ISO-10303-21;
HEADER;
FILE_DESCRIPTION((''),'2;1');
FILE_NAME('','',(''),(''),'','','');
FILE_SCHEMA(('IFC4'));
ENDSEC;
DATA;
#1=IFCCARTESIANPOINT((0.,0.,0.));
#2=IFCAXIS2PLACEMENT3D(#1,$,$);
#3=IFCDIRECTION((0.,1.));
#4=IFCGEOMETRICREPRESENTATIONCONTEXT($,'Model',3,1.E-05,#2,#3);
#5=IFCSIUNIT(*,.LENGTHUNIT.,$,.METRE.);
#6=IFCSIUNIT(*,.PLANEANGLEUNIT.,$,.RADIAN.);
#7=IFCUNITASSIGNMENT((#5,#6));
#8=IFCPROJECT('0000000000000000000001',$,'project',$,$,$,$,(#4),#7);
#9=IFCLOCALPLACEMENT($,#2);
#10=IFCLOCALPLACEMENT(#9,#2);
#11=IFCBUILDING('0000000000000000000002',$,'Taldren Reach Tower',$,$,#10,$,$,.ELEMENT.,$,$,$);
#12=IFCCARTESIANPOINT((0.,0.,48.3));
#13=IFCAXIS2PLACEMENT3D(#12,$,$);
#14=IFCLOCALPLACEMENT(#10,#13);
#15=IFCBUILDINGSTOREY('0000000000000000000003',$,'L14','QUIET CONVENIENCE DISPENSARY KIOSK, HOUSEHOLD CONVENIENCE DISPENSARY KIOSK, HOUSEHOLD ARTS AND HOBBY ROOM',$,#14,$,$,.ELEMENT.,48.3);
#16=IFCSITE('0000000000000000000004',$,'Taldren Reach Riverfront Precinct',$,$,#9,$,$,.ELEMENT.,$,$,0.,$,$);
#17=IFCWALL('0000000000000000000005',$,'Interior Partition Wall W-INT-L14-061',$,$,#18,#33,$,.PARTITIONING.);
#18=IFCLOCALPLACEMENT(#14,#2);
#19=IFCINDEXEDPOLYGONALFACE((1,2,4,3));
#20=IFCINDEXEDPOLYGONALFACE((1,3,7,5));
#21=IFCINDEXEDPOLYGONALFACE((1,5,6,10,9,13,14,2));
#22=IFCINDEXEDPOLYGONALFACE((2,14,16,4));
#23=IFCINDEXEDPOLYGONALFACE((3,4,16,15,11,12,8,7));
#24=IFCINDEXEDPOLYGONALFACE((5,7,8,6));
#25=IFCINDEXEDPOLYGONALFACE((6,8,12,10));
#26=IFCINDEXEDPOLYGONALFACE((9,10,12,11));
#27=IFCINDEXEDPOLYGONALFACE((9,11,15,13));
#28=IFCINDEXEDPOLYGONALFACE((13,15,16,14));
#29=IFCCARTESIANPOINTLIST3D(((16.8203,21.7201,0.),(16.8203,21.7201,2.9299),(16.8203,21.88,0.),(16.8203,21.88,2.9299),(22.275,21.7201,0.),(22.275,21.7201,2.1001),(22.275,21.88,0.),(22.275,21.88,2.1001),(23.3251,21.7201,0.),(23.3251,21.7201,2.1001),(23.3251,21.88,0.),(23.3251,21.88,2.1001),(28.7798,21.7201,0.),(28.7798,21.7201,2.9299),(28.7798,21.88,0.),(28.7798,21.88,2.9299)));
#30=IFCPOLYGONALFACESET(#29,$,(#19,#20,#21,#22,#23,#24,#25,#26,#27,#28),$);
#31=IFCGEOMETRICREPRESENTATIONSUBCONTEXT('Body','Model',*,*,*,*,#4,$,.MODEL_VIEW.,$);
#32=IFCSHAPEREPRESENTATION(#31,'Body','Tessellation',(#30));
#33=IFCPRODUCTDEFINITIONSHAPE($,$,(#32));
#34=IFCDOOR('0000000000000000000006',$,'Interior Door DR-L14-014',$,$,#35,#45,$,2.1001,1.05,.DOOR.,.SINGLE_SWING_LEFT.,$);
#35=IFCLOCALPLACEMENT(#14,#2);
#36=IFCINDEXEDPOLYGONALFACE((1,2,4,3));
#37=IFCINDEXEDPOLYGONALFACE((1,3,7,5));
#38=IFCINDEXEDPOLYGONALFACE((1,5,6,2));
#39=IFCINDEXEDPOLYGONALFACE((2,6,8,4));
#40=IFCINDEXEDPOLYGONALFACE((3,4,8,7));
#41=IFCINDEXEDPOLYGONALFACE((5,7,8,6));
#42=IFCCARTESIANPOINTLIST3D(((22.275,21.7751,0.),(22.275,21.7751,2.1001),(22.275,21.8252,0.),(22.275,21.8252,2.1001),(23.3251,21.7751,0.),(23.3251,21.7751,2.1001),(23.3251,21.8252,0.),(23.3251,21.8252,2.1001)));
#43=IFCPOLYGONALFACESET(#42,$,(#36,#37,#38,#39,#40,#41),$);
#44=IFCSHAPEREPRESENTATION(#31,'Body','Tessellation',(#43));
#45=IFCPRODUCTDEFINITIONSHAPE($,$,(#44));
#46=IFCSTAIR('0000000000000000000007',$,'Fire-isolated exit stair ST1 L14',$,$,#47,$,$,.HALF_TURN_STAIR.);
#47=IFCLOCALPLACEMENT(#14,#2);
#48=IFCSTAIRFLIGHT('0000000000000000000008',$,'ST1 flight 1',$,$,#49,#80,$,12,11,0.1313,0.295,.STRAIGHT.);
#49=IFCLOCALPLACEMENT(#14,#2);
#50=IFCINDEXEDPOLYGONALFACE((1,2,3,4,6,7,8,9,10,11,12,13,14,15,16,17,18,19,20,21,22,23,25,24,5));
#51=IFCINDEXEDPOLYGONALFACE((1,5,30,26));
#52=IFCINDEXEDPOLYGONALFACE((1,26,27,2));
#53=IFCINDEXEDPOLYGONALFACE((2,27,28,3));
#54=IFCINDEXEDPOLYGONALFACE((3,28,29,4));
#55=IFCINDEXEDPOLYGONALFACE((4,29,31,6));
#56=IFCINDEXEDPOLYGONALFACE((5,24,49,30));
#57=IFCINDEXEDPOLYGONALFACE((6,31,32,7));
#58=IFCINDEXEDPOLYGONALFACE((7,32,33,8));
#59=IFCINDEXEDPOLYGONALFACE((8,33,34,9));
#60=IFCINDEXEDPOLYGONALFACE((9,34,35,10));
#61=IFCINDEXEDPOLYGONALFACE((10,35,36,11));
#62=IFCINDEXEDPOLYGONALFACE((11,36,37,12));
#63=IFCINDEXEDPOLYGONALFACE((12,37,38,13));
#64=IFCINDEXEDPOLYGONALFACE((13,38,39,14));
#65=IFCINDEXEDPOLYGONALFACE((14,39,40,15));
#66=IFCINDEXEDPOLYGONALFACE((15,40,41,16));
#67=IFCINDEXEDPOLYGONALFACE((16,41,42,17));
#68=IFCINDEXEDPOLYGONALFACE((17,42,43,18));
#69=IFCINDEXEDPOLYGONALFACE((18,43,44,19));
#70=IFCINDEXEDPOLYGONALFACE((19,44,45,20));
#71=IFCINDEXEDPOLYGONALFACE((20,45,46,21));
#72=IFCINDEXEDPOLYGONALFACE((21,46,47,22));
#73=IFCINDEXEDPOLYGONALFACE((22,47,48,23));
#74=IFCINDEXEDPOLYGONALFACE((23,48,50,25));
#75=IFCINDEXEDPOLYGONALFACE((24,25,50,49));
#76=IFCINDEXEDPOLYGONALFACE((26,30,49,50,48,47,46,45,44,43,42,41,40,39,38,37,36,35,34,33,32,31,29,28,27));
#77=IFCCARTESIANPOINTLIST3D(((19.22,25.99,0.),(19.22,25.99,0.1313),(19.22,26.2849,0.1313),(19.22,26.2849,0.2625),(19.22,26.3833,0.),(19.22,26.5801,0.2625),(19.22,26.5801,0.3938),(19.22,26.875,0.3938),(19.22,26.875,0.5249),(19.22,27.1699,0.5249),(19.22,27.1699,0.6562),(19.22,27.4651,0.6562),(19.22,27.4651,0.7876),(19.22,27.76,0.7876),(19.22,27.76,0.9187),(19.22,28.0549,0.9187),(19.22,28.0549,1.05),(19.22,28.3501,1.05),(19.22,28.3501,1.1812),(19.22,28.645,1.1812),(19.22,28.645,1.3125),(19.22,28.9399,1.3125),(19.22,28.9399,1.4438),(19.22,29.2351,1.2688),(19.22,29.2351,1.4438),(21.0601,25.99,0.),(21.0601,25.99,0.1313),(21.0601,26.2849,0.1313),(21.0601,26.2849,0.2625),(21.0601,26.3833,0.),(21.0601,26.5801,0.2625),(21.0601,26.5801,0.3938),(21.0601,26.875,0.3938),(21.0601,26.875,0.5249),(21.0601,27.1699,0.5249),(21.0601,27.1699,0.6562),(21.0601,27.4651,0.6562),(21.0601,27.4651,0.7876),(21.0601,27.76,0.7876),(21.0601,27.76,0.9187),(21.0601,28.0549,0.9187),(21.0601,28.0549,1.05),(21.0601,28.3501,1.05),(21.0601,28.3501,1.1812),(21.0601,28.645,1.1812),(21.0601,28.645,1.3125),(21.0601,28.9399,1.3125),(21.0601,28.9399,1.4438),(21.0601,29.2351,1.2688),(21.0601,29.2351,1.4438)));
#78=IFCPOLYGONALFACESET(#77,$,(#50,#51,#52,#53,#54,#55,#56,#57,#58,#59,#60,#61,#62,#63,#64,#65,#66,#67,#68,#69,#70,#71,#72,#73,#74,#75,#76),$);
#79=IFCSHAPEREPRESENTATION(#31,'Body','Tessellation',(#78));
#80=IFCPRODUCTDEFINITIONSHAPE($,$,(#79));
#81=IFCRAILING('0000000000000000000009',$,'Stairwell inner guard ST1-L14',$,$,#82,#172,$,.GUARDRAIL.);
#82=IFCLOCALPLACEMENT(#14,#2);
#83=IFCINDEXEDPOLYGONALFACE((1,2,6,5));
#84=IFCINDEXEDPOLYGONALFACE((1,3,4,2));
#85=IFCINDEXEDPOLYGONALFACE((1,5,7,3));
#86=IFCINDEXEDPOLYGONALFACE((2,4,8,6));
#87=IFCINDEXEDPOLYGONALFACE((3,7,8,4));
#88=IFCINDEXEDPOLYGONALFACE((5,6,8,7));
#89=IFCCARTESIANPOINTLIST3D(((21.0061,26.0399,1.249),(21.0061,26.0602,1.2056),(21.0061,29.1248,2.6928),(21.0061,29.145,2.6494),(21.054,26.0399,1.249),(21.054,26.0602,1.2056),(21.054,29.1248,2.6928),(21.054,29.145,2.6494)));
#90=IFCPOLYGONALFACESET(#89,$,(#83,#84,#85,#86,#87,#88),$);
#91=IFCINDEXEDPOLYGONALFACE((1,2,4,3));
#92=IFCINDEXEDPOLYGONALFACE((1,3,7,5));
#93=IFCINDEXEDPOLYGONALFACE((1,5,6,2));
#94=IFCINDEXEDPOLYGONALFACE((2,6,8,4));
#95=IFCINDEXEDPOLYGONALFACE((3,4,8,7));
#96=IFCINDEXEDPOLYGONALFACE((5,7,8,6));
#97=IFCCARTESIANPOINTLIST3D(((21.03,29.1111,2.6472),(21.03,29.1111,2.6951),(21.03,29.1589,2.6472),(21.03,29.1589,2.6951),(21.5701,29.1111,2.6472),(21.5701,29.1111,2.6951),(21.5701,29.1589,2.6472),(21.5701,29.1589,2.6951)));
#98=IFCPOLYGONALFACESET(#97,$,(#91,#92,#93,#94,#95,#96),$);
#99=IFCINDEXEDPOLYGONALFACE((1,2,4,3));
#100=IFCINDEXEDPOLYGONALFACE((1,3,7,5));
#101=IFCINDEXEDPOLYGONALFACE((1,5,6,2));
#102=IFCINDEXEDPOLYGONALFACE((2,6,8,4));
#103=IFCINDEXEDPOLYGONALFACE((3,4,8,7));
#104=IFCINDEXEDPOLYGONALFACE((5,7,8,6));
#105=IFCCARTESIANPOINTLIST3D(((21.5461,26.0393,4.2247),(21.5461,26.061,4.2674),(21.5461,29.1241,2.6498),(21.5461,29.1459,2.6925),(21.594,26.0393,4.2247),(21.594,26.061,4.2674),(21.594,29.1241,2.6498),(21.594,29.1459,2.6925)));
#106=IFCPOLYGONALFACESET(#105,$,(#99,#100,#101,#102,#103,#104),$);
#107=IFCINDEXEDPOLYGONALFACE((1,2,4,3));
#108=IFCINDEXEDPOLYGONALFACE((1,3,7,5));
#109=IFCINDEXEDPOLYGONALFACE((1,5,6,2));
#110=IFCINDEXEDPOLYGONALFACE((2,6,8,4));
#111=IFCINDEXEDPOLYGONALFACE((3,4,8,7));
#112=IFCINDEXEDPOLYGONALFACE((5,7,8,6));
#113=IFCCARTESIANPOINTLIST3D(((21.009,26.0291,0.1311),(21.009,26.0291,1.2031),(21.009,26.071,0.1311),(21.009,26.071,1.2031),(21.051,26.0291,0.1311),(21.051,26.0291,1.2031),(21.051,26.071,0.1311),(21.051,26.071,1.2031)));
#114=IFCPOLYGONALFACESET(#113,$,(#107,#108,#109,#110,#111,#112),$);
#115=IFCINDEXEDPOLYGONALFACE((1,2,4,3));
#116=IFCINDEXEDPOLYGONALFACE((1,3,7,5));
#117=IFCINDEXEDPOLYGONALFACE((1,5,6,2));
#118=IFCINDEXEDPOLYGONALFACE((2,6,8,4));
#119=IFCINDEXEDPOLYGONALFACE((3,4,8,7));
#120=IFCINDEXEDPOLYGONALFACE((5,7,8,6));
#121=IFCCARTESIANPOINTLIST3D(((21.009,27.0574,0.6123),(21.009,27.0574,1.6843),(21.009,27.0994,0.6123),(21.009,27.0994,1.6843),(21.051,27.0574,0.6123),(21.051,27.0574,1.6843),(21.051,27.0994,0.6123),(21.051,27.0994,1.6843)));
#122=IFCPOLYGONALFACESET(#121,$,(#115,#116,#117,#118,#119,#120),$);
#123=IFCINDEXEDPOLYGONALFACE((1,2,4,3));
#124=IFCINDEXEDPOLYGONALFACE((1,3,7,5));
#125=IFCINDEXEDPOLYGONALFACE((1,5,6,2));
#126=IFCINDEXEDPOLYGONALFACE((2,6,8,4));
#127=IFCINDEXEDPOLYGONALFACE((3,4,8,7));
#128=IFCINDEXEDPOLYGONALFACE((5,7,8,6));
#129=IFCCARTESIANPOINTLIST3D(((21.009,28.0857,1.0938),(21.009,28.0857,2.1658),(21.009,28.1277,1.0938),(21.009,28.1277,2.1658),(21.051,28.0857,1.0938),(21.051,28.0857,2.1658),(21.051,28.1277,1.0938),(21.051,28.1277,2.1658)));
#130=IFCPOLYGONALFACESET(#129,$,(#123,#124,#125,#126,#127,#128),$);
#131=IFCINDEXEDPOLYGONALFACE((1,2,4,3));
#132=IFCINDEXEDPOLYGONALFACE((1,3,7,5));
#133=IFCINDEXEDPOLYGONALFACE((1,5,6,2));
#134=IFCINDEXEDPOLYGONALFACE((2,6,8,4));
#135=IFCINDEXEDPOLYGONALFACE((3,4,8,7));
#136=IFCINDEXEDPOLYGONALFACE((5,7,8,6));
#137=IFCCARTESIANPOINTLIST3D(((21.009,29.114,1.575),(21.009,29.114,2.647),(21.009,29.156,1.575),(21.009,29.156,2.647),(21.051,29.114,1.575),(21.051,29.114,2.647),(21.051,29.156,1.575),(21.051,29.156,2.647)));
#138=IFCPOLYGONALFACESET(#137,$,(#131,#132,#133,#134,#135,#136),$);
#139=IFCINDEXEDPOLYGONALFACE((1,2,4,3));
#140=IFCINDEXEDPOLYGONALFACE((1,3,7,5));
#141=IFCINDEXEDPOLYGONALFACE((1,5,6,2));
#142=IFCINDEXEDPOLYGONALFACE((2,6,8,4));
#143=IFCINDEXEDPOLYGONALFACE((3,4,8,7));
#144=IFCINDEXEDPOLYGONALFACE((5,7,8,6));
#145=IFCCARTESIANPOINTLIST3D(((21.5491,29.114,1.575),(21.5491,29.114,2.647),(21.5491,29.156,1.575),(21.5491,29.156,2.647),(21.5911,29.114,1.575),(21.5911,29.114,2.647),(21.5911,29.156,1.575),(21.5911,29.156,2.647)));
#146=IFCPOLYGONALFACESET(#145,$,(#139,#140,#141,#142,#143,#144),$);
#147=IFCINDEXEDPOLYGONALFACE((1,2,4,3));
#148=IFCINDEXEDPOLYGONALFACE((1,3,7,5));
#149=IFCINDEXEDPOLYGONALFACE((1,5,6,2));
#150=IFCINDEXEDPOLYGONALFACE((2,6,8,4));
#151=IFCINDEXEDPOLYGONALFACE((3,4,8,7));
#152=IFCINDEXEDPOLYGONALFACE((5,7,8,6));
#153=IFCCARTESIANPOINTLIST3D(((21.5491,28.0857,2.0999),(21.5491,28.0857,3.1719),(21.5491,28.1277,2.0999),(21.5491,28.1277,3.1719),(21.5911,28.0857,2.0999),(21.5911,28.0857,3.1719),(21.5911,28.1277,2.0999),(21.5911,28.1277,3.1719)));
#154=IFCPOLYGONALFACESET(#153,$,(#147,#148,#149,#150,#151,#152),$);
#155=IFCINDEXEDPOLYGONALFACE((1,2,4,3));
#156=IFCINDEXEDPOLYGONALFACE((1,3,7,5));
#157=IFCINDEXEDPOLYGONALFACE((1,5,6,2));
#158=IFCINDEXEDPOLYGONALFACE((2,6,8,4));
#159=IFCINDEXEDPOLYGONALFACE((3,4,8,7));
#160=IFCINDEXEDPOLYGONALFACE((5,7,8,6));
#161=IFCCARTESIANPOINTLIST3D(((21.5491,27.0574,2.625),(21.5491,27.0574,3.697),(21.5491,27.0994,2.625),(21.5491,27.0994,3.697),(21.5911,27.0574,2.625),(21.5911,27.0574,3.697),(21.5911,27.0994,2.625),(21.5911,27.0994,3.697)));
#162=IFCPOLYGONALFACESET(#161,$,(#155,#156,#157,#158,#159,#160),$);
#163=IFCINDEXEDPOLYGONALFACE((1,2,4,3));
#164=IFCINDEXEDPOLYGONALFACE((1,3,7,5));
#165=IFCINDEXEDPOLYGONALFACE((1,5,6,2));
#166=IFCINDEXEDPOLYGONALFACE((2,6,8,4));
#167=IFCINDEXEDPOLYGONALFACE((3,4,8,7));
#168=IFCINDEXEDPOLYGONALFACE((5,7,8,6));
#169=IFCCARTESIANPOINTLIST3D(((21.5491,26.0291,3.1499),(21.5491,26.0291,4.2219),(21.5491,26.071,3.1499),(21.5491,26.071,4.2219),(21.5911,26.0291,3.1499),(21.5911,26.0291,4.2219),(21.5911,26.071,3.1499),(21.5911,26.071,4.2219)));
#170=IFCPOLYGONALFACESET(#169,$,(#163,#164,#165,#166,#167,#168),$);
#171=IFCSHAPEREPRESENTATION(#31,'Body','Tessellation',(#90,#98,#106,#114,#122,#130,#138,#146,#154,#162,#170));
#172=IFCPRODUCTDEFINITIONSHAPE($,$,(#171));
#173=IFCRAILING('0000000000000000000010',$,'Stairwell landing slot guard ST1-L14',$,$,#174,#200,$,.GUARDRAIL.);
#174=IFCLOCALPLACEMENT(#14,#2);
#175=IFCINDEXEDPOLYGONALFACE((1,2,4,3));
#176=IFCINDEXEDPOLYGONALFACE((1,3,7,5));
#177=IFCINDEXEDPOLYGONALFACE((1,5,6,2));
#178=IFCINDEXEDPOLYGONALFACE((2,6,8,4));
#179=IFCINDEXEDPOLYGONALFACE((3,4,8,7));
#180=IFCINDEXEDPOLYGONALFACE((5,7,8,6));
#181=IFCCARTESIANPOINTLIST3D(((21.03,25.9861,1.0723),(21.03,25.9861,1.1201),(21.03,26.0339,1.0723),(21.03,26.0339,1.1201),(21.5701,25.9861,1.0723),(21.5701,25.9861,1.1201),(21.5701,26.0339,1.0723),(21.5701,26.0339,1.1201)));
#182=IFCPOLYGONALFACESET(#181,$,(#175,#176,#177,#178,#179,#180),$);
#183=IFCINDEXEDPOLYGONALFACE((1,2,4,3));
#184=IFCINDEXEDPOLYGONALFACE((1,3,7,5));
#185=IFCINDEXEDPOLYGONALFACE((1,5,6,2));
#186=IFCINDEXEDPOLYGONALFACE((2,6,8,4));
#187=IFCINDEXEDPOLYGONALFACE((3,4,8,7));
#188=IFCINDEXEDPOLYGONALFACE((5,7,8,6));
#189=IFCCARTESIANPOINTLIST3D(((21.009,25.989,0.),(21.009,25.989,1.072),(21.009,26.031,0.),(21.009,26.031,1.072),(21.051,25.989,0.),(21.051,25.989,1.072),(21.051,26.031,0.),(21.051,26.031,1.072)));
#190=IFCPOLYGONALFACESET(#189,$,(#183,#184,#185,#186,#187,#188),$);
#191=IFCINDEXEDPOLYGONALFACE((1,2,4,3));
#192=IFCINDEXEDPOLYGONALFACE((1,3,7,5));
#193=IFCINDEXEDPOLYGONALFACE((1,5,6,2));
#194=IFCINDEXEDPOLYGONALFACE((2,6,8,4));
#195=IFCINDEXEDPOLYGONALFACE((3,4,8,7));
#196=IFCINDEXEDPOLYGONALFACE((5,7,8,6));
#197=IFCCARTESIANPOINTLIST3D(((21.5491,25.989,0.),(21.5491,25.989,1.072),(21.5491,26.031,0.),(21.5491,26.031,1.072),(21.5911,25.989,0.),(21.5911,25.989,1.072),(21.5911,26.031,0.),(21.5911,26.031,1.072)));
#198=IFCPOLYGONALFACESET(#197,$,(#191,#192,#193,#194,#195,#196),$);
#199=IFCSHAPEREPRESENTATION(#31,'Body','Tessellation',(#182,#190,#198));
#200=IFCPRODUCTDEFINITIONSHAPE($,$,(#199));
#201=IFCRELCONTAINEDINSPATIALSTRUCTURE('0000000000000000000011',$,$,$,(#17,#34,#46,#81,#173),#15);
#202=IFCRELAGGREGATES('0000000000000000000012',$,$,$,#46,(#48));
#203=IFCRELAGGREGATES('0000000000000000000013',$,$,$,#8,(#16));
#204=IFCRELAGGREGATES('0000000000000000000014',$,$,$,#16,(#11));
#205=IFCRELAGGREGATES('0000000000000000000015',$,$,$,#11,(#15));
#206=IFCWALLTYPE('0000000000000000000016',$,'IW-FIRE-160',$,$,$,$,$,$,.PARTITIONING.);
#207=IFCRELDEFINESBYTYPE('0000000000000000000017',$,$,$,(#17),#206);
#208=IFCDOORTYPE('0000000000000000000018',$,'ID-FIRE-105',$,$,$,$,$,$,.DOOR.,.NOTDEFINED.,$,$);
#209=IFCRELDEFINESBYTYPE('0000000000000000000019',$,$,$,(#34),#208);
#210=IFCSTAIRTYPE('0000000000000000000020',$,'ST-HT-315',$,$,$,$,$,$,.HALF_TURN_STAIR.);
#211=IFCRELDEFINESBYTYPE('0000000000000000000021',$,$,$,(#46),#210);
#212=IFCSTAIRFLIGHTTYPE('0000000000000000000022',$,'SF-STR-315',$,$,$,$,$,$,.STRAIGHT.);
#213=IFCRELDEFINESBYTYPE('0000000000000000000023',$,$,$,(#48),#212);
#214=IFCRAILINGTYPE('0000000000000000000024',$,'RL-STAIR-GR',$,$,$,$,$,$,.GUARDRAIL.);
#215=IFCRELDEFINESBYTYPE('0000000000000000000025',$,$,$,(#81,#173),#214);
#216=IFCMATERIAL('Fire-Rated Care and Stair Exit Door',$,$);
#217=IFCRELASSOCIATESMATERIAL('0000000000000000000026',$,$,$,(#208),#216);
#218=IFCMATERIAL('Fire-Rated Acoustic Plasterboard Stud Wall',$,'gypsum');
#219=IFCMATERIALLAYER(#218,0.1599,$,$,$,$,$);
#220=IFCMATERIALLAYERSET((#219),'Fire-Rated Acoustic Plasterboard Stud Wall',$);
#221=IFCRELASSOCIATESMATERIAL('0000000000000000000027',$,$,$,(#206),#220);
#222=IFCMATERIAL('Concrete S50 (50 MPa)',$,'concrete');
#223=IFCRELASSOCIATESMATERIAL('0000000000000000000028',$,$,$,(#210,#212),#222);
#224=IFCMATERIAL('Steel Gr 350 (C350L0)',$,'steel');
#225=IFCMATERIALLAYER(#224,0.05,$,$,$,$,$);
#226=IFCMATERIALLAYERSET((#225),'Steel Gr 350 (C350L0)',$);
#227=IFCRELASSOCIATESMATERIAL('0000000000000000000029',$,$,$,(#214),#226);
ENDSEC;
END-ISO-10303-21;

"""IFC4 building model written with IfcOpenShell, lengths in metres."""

from ifc_helpers import new_model, si_unit, direction, frame, frame_2d, origin, origin_2d, place, context, subcontext, project, spatial, polyline, rectangle, outline, extrude, source, transform, mapped, material, layer, layer_set, type_object, element, fill, aggregate, save


model = new_model("IFC4")

# Units and contexts
model_context = context("Model", 3, precision=1e-05, world=origin(), true_north=direction((0.0, 1.0)))
body_context = subcontext(model_context, "Body", "Model", "MODEL_VIEW")
ifc_project = project(units=[si_unit("LENGTHUNIT", "METRE"), si_unit("PLANEANGLEUNIT", "RADIAN")], contexts=[model_context])

# Site, building, storey
site_placement = place(None, origin())
site = spatial("IfcSite", under=ifc_project, at=site_placement, Name="Taldren Reach Riverfront Precinct", CompositionType="ELEMENT", RefElevation=0.0)
building_placement = place(site_placement, origin())
building = spatial("IfcBuilding", under=site, at=building_placement, Name="Taldren Reach Tower", CompositionType="ELEMENT")
storey_placement = place(building_placement, frame((0.0, 0.0, 48.3)))
storey = spatial("IfcBuildingStorey", under=building, at=storey_placement, Name="L14", Description="QUIET CONVENIENCE DISPENSARY KIOSK, HOUSEHOLD CONVENIENCE DISPENSARY KIOSK, HOUSEHOLD ARTS AND HOBBY ROOM", CompositionType="ELEMENT", Elevation=48.3)

# Shared definitions
ifc_material_1 = material(Name="Fire-Rated Care and Stair Exit Door")
door_type = type_object("IfcDoorType", Name="ID-FIRE-105", OperationType="NOTDEFINED", PredefinedType="DOOR", material=ifc_material_1)
shared_shape_1 = source(origin(), body_context, "Body", "SweptSolid", [
    extrude(rectangle(XDim=1.05, YDim=2.1001, at=frame_2d((0.5249, 1.05))), frame((0.0, 0.0249, 0.0), z_axis=(0.0, -1.0, 0.0), x_axis=(1.0, 0.0, 0.0)), (0.0, 0.0, 1.0), 0.05),
])

# Shared definitions
ifc_material_2 = material(Name="Concrete S50 (50 MPa)", Category="concrete")

# Wall, opening, door
ifc_material_3 = material(Name="Fire-Rated Acoustic Plasterboard Stud Wall", Category="gypsum")
ifc_layer_1 = layer(ifc_material_3, 0.1599)
ifc_layer_set_1 = layer_set([ifc_layer_1], Name="Fire-Rated Acoustic Plasterboard Stud Wall")
wall_type_1 = type_object("IfcWallType", Name="IW-FIRE-160", PredefinedType="PARTITIONING", material=ifc_layer_set_1)
shared_shape_2 = source(origin(), body_context, "Body", "SweptSolid", [
    extrude(rectangle(XDim=11.9595, YDim=0.1599, at=frame_2d((5.9797, 0.0))), origin(), (0.0, 0.0, 1.0), 2.9299),
])
wall_1_placement = place(storey_placement, frame((28.7798, 21.8, 0.0), z_axis=(0.0, 0.0, 1.0), x_axis=(-1.0, 0.0, 0.0)))
wall_1 = element("IfcWall", 1, at=wall_1_placement, inside=storey, type_object=wall_type_1, Name="Interior Partition Wall W-INT-L14-061", PredefinedType="PARTITIONING", context=body_context, shape_type="MappedRepresentation", body=[
    mapped(shared_shape_2, transform((0.0, 0.0, 0.0), scale=1.0)),
])
shared_shape_3 = source(origin(), body_context, "Body", "SweptSolid", [
    extrude(rectangle(XDim=1.05, YDim=2.1001, at=frame_2d((0.5249, 1.05))), frame((0.0, 0.0898, 0.0), z_axis=(0.0, -1.0, 0.0), x_axis=(1.0, 0.0, 0.0)), (0.0, 0.0, 1.0), 0.1799),
])
opening_1_placement = place(wall_1_placement, frame((5.4548, 0.0, 0.0)))
opening_1 = element("IfcOpeningElement", 2, at=opening_1_placement, cuts=wall_1, PredefinedType="OPENING", context=body_context, shape_type="MappedRepresentation", body=[
    mapped(shared_shape_3, transform((0.0, 0.0, 0.0), scale=1.0)),
])
door_1_placement = place(opening_1_placement, origin())
door_1 = element("IfcDoor", 3, at=door_1_placement, inside=storey, type_object=door_type, Name="Interior Door DR-L14-014", OperationType="SINGLE_SWING_LEFT", OverallHeight=2.1001, OverallWidth=1.05, PredefinedType="DOOR", context=body_context, shape_type="MappedRepresentation", body=[
    mapped(shared_shape_1, transform((0.0, 0.0, 0.0), scale=1.0)),
])
fill(opening_1, door_1)

# Stair, stair flight
stair_type = type_object("IfcStairType", Name="ST-HT-315", PredefinedType="HALF_TURN_STAIR", material=ifc_material_2)
stair_placement = place(storey_placement, origin())
stair = element("IfcStair", 4, at=stair_placement, inside=storey, type_object=stair_type, Name="Fire-isolated exit stair ST1 L14", PredefinedType="HALF_TURN_STAIR")
stair_flight_type = type_object("IfcStairFlightType", Name="SF-STR-315", PredefinedType="STRAIGHT", material=ifc_material_2)
stair_flight_placement = place(storey_placement, frame((20.1399, 25.99, 0.0), z_axis=(0.0, 0.0, 1.0), x_axis=(0.0, 1.0, 0.0)))
stair_flight = element("IfcStairFlight", 5, at=stair_flight_placement, type_object=stair_flight_type, Name="ST1 flight 1", NumberOfRisers=12, NumberOfTreads=11, PredefinedType="STRAIGHT", RiserHeight=0.1313, TreadLength=0.295, context=body_context, shape_type="SweptSolid", body=[
    extrude(outline(polyline([(0.0, 0.0), (0.0, 0.1313), (0.2949, 0.1313), (0.2949, 0.2625), (0.5901, 0.2625), (0.5901, 0.3938), (0.885, 0.3938), (0.885, 0.5249), (1.1799, 0.5249), (1.1799, 0.6562), (1.4751, 0.6562), (1.4751, 0.7876), (1.77, 0.7876), (1.77, 0.9187), (2.0649, 0.9187), (2.0649, 1.05), (2.3601, 1.05), (2.3601, 1.1812), (2.655, 1.1812), (2.655, 1.3125), (2.95, 1.3125), (2.95, 1.4438), (3.2451, 1.4438), (3.2451, 1.575), (3.2451, 1.2688), (0.3933, 0.0), (0.0, 0.0)])), frame((0.0, 0.9199, 0.0), z_axis=(0.0, -1.0, 0.0), x_axis=(1.0, 0.0, 0.0)), (0.0, 0.0, 1.0), 1.8401),
])
aggregate(stair, [stair_flight])

# Railings
ifc_material_4 = material(Name="Steel Gr 350 (C350L0)", Category="steel")
ifc_layer_2 = layer(ifc_material_4, 0.05)
ifc_layer_set_2 = layer_set([ifc_layer_2], Name="Steel Gr 350 (C350L0)")
railing_type_1 = type_object("IfcRailingType", Name="RL-STAIR-GR", PredefinedType="GUARDRAIL", material=ifc_layer_set_2)
railing_1_placement = place(storey_placement, frame((21.03, 26.05, 0.1311)))
element("IfcRailing", 6, at=railing_1_placement, inside=storey, type_object=railing_type_1, Name="Stairwell inner guard ST1-L14", PredefinedType="GUARDRAIL", context=body_context, shape_type="SweptSolid", body=[
    extrude(rectangle(XDim=0.0479, YDim=0.0479, at=origin_2d()), frame((0.0, 0.0, 1.0962), z_axis=(0.0, 0.90571, 0.423898), x_axis=(-1.0, 0.0, 0.0)), (0.0, 0.0, 1.0), 3.406),
    extrude(rectangle(XDim=0.0479, YDim=0.0479, at=origin_2d()), frame((0.0, 3.085, 2.54), z_axis=(1.0, 0.0, 0.0), x_axis=(0.0, 1.0, 0.0)), (0.0, 0.0, 1.0), 0.54),
    extrude(rectangle(XDim=0.0479, YDim=0.0479, at=origin_2d()), frame((0.54, 3.085, 2.54), z_axis=(0.0, -0.890646, 0.454697), x_axis=(1.0, 0.0, 0.0)), (0.0, 0.0, 1.0), 3.4636),
    extrude(rectangle(XDim=0.042, YDim=0.042, at=origin_2d()), origin(), (0.0, 0.0, 1.0), 1.072),
    extrude(rectangle(XDim=0.042, YDim=0.042, at=origin_2d()), frame((0.0, 1.0283, 0.4812)), (0.0, 0.0, 1.0), 1.072),
    extrude(rectangle(XDim=0.042, YDim=0.042, at=origin_2d()), frame((0.0, 2.0566, 0.9626)), (0.0, 0.0, 1.0), 1.072),
    extrude(rectangle(XDim=0.042, YDim=0.042, at=origin_2d()), frame((0.0, 3.085, 1.4438)), (0.0, 0.0, 1.0), 1.072),
    extrude(rectangle(XDim=0.042, YDim=0.042, at=origin_2d()), frame((0.54, 3.085, 1.4438)), (0.0, 0.0, 1.0), 1.072),
    extrude(rectangle(XDim=0.042, YDim=0.042, at=origin_2d()), frame((0.54, 2.0566, 1.9688)), (0.0, 0.0, 1.0), 1.072),
    extrude(rectangle(XDim=0.042, YDim=0.042, at=origin_2d()), frame((0.54, 1.0283, 2.4939)), (0.0, 0.0, 1.0), 1.072),
    extrude(rectangle(XDim=0.042, YDim=0.042, at=origin_2d()), frame((0.54, 0.0, 3.0188)), (0.0, 0.0, 1.0), 1.072),
])
railing_2_placement = place(storey_placement, frame((21.03, 26.01, 0.0)))
element("IfcRailing", 7, at=railing_2_placement, inside=storey, type_object=railing_type_1, Name="Stairwell landing slot guard ST1-L14", PredefinedType="GUARDRAIL", context=body_context, shape_type="SweptSolid", body=[
    extrude(rectangle(XDim=0.0479, YDim=0.0479, at=origin_2d()), frame((0.0, 0.0, 1.0962), z_axis=(1.0, 0.0, 0.0), x_axis=(0.0, 1.0, 0.0)), (0.0, 0.0, 1.0), 0.54),
    extrude(rectangle(XDim=0.042, YDim=0.042, at=origin_2d()), origin(), (0.0, 0.0, 1.0), 1.072),
    extrude(rectangle(XDim=0.042, YDim=0.042, at=origin_2d()), frame((0.54, 0.0, 0.0)), (0.0, 0.0, 1.0), 1.072),
])

save(model, "model.ifc")
